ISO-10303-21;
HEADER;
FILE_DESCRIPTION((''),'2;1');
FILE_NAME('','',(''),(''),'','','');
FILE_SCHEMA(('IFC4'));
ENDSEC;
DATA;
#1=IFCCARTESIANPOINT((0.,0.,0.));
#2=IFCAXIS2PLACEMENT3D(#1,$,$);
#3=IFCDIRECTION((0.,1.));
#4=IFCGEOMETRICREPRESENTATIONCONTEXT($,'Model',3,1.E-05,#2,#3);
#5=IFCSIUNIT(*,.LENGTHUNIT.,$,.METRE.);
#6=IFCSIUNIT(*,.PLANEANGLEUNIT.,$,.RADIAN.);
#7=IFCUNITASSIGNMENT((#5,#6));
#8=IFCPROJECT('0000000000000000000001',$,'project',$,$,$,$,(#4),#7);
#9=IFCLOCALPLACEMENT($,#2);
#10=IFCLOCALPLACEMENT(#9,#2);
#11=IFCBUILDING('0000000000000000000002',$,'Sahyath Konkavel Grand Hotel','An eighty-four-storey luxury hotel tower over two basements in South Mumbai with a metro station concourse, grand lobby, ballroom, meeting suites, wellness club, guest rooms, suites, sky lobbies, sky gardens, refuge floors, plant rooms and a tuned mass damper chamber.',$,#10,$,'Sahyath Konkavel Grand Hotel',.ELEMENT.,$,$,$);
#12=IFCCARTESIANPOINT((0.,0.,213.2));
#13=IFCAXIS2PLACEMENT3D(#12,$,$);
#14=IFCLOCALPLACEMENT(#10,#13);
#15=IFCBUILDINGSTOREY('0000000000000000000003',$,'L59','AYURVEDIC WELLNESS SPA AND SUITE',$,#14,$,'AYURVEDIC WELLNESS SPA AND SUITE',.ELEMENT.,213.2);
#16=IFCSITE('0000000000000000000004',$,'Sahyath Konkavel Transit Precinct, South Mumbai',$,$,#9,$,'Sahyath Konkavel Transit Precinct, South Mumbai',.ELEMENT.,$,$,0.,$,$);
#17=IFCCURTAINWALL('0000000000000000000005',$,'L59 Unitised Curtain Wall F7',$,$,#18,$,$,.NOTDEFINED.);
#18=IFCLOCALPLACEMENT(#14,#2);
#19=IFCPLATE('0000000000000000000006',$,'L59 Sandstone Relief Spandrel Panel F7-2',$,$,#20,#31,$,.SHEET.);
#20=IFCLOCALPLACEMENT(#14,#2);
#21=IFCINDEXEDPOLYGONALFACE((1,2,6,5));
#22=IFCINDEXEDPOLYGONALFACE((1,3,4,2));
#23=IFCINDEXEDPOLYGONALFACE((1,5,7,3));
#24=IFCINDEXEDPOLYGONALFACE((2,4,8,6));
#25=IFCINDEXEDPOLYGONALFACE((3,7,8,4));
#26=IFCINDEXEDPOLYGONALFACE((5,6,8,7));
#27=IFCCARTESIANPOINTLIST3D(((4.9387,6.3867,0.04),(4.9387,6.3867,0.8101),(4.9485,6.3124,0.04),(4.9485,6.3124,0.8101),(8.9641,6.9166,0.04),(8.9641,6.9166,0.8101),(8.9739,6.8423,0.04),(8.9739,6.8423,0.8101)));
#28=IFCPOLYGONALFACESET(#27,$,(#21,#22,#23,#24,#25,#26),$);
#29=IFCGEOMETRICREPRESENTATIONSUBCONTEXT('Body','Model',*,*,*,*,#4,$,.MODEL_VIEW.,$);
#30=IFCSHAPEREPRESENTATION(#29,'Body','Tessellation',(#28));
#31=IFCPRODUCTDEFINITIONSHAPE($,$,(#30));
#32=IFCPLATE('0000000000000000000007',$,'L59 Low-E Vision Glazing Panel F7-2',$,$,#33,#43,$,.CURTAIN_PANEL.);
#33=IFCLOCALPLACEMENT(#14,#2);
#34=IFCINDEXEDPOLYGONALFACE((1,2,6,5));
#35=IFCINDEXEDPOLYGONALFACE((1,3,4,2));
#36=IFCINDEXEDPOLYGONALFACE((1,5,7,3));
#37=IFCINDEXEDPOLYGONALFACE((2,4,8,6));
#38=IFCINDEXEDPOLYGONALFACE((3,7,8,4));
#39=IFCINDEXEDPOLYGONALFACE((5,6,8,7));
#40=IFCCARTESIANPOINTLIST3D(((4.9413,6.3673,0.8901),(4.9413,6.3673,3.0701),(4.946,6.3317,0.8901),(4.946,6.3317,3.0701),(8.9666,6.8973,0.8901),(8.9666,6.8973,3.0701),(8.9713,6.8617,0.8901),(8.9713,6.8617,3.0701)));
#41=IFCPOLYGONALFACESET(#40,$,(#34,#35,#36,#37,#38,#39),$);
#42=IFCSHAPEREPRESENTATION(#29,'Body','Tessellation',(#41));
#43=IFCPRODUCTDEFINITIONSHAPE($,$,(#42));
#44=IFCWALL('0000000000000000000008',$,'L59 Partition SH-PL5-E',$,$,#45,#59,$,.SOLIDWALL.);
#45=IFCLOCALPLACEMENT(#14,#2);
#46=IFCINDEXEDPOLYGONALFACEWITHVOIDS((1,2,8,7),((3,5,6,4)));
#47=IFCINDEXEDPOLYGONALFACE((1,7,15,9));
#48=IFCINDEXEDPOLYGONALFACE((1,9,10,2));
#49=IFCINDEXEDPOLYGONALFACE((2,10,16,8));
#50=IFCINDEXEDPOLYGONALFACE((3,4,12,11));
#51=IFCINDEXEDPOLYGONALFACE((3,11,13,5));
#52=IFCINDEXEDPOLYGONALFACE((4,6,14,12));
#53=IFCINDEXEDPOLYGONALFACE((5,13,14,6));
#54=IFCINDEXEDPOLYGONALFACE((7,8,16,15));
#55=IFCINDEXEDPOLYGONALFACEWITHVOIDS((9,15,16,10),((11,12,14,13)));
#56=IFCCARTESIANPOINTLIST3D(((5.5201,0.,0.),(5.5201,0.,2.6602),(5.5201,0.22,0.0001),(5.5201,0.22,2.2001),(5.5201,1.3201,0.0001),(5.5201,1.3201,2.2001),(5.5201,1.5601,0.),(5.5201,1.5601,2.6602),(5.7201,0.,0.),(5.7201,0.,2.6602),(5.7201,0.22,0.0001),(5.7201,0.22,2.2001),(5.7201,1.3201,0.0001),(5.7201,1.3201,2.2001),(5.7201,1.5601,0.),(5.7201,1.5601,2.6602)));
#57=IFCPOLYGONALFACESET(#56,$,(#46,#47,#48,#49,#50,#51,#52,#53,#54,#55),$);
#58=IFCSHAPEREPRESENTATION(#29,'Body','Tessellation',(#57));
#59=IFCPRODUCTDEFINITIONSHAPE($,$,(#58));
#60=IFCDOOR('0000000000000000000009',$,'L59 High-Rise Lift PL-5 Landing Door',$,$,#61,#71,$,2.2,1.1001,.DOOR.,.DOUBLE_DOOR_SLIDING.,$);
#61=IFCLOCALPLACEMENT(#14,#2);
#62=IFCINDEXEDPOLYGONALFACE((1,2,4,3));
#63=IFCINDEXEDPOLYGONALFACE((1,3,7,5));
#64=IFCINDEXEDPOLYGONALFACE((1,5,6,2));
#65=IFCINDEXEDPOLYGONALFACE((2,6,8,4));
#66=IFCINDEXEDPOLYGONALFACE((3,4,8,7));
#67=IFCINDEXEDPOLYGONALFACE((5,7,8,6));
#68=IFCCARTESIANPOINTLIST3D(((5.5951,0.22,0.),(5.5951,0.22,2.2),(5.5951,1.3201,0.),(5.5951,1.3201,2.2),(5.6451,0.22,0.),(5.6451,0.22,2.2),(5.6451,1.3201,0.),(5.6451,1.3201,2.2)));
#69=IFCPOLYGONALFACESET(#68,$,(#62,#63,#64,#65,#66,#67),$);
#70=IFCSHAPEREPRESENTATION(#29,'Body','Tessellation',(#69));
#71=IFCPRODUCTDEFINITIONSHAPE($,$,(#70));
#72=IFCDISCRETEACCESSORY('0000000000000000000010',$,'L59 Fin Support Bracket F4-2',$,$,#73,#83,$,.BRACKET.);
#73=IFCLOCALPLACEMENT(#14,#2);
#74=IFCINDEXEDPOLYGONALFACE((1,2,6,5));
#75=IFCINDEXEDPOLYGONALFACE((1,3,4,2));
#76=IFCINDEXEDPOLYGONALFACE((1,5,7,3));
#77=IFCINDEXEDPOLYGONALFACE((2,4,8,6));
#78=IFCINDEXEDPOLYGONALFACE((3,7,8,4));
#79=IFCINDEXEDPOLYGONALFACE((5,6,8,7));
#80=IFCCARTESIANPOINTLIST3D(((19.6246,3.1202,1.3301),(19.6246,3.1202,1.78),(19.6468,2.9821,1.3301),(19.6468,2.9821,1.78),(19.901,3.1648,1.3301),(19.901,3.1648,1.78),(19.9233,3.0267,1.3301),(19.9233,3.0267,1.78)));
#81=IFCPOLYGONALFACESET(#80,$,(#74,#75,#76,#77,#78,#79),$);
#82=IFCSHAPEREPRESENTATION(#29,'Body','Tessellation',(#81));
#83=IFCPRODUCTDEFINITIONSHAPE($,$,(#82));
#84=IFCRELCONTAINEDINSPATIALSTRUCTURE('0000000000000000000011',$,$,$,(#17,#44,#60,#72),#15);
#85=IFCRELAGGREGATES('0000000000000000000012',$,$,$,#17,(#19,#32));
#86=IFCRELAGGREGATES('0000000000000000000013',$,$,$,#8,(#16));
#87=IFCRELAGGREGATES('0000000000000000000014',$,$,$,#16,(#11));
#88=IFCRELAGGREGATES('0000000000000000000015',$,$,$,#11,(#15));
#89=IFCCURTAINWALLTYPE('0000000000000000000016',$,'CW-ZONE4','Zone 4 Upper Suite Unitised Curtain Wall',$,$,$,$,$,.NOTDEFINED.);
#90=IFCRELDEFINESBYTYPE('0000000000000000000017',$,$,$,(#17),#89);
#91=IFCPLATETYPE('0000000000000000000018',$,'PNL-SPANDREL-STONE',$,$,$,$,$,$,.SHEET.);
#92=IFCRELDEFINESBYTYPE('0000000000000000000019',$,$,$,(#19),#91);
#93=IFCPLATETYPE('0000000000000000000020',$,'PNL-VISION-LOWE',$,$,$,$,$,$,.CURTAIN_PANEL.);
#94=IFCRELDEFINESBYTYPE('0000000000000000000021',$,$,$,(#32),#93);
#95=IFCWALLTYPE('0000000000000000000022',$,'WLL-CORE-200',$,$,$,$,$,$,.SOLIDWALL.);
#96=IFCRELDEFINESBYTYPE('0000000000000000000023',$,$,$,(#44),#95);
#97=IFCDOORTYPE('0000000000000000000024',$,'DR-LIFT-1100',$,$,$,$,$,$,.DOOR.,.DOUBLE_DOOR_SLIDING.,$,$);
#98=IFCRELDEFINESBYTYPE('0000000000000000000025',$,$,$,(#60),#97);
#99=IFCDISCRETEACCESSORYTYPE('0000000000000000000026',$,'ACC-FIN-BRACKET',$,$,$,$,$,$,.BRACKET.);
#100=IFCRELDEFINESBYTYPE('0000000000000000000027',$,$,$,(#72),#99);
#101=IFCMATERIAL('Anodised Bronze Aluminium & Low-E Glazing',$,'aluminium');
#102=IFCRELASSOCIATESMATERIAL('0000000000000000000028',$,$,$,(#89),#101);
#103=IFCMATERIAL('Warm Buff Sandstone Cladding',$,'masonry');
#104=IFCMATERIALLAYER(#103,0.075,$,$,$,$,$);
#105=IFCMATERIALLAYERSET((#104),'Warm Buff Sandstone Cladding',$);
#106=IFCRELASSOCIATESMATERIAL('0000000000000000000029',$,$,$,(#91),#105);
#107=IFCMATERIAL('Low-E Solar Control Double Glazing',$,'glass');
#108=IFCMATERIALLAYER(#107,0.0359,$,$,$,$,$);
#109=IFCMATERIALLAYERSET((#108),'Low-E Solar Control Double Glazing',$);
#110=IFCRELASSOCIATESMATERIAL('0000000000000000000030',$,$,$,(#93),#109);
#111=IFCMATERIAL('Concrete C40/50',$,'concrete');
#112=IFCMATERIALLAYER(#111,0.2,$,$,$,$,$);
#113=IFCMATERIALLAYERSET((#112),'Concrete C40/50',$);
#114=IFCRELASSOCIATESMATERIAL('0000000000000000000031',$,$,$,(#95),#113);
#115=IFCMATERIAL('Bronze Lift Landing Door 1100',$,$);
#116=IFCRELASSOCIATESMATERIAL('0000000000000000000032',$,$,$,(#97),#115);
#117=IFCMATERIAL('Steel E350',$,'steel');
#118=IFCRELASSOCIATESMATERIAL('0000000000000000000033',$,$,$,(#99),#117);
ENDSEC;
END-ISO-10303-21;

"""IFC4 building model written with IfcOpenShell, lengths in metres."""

from ifc_helpers import new_model, si_unit, direction, frame, frame_2d, origin, origin_2d, place, context, subcontext, project, spatial, rectangle, extrude, source, transform, mapped, material, layer, layer_set, type_object, element, fill, aggregate, save


model = new_model("IFC4")

# Units and contexts
model_context = context("Model", 3, precision=1e-05, world=origin(), true_north=direction((0.0, 1.0)))
body_context = subcontext(model_context, "Body", "Model", "MODEL_VIEW")
ifc_project = project(units=[si_unit("LENGTHUNIT", "METRE"), si_unit("PLANEANGLEUNIT", "RADIAN")], contexts=[model_context])

# Site, building, storey
site_placement = place(None, origin())
site = spatial("IfcSite", under=ifc_project, at=site_placement, Name="Sahyath Konkavel Transit Precinct, South Mumbai", LongName="Sahyath Konkavel Transit Precinct, South Mumbai", CompositionType="ELEMENT", RefElevation=0.0)
building_placement = place(site_placement, origin())
building = spatial("IfcBuilding", under=site, at=building_placement, Name="Sahyath Konkavel Grand Hotel", Description="An eighty-four-storey luxury hotel tower over two basements in South Mumbai with a metro station concourse, grand lobby, ballroom, meeting suites, wellness club, guest rooms, suites, sky lobbies, sky gardens, refuge floors, plant rooms and a tuned mass damper chamber.", LongName="Sahyath Konkavel Grand Hotel", CompositionType="ELEMENT")
storey_placement = place(building_placement, frame((0.0, 0.0, 213.2)))
storey = spatial("IfcBuildingStorey", under=building, at=storey_placement, Name="L59", Description="AYURVEDIC WELLNESS SPA AND SUITE", LongName="AYURVEDIC WELLNESS SPA AND SUITE", CompositionType="ELEMENT", Elevation=213.2)

# Shared definitions
ifc_material_1 = material(Name="Concrete C40/50", Category="concrete")

# Shared definitions
ifc_material_2 = material(Name="Steel E350", Category="steel")

# Shared definitions
ifc_material_3 = material(Name="Anodised Bronze Aluminium & Low-E Glazing", Category="aluminium")
curtain_wall_type = type_object("IfcCurtainWallType", Name="CW-ZONE4", Description="Zone 4 Upper Suite Unitised Curtain Wall", PredefinedType="NOTDEFINED", material=ifc_material_3)

# Curtain wall
curtain_wall_1_placement = place(storey_placement, origin())
curtain_wall_1 = element("IfcCurtainWall", 1, at=curtain_wall_1_placement, inside=storey, type_object=curtain_wall_type, Name="L59 Unitised Curtain Wall F7", PredefinedType="NOTDEFINED")

# Plates
ifc_material_4 = material(Name="Warm Buff Sandstone Cladding", Category="masonry")
ifc_layer_1 = layer(ifc_material_4, 0.075)
ifc_layer_set_1 = layer_set([ifc_layer_1], Name="Warm Buff Sandstone Cladding")
plate_type_1 = type_object("IfcPlateType", Name="PNL-SPANDREL-STONE", PredefinedType="SHEET", material=ifc_layer_set_1)
ifc_material_5 = material(Name="Low-E Solar Control Double Glazing", Category="glass")
ifc_layer_2 = layer(ifc_material_5, 0.0359)
ifc_layer_set_2 = layer_set([ifc_layer_2], Name="Low-E Solar Control Double Glazing")
plate_type_2 = type_object("IfcPlateType", Name="PNL-VISION-LOWE", PredefinedType="CURTAIN_PANEL", material=ifc_layer_set_2)
shared_shape_1 = source(origin(), body_context, "Body", "SweptSolid", [
    extrude(rectangle(XDim=4.0601, YDim=0.075, at=origin_2d()), origin(), (0.0, 0.0, 1.0), 0.77),
])
plate_1_placement = place(storey_placement, frame((6.9563, 6.6145, 0.04), z_axis=(0.0, 0.0, 1.0), x_axis=(-0.991445, -0.130526, 0.0)))
plate_1 = element("IfcPlate", 2, at=plate_1_placement, type_object=plate_type_1, Name="L59 Sandstone Relief Spandrel Panel F7-2", PredefinedType="SHEET", context=body_context, shape_type="MappedRepresentation", body=[
    mapped(shared_shape_1, transform((0.0, 0.0, 0.0), scale=1.0)),
])
shared_shape_2 = source(origin(), body_context, "Body", "SweptSolid", [
    extrude(rectangle(XDim=4.0601, YDim=0.0359, at=origin_2d()), origin(), (0.0, 0.0, 1.0), 2.1799),
])
plate_2_placement = place(storey_placement, frame((6.9563, 6.6145, 0.8901), z_axis=(0.0, 0.0, 1.0), x_axis=(-0.991445, -0.130526, 0.0)))
plate_2 = element("IfcPlate", 3, at=plate_2_placement, type_object=plate_type_2, Name="L59 Low-E Vision Glazing Panel F7-2", PredefinedType="CURTAIN_PANEL", context=body_context, shape_type="MappedRepresentation", body=[
    mapped(shared_shape_2, transform((0.0, 0.0, 0.0), scale=1.0)),
])
aggregate(curtain_wall_1, [plate_1, plate_2])

# Wall, opening, door
ifc_layer_3 = layer(ifc_material_1, 0.2)
ifc_layer_set_3 = layer_set([ifc_layer_3], Name="Concrete C40/50")
wall_type = type_object("IfcWallType", Name="WLL-CORE-200", PredefinedType="SOLIDWALL", material=ifc_layer_set_3)
wall_placement = place(storey_placement, frame((5.6201, 0.0, 0.0), z_axis=(0.0, 0.0, 1.0), x_axis=(0.0, 1.0, 0.0)))
wall = element("IfcWall", 4, at=wall_placement, inside=storey, type_object=wall_type, Name="L59 Partition SH-PL5-E", PredefinedType="SOLIDWALL", context=body_context, shape_type="SweptSolid", body=[
    extrude(rectangle(XDim=1.5601, YDim=0.2, at=frame_2d((0.78, 0.0))), origin(), (0.0, 0.0, 1.0), 2.6602),
])
opening_placement = place(wall_placement, frame((0.22, 0.0, 0.0)))
opening = element("IfcOpeningElement", 5, at=opening_placement, cuts=wall, PredefinedType="OPENING", context=body_context, shape_type="SweptSolid", body=[
    extrude(rectangle(XDim=1.1001, YDim=2.2, at=frame_2d((0.55, 1.1001))), frame((0.0, 0.1099, 0.0), z_axis=(0.0, -1.0, 0.0), x_axis=(1.0, 0.0, 0.0)), (0.0, 0.0, 1.0), 0.22),
])
ifc_material_6 = material(Name="Bronze Lift Landing Door 1100")
door_type = type_object("IfcDoorType", Name="DR-LIFT-1100", OperationType="DOUBLE_DOOR_SLIDING", PredefinedType="DOOR", material=ifc_material_6)
shared_shape_3 = source(origin(), body_context, "Body", "SweptSolid", [
    extrude(rectangle(XDim=1.1001, YDim=0.05, at=origin_2d()), origin(), (0.0, 0.0, 1.0), 2.2),
])
door_placement = place(opening_placement, frame((0.55, 0.0, 0.0)))
door = element("IfcDoor", 6, at=door_placement, inside=storey, type_object=door_type, Name="L59 High-Rise Lift PL-5 Landing Door", OperationType="DOUBLE_DOOR_SLIDING", OverallHeight=2.2, OverallWidth=1.1001, PredefinedType="DOOR", context=body_context, shape_type="MappedRepresentation", body=[
    mapped(shared_shape_3, transform((0.0, 0.0, 0.0), scale=1.0)),
])
fill(opening, door)

# Discrete accessory
discrete_accessory_type = type_object("IfcDiscreteAccessoryType", Name="ACC-FIN-BRACKET", PredefinedType="BRACKET", material=ifc_material_2)
shared_shape_4 = source(origin(), body_context, "Body", "SweptSolid", [
    extrude(rectangle(XDim=0.28, YDim=0.1399, at=origin_2d()), origin(), (0.0, 0.0, 1.0), 0.45),
])
discrete_accessory_placement = place(storey_placement, frame((19.7739, 3.0735, 1.3301), z_axis=(0.0, 0.0, 1.0), x_axis=(0.987231, 0.159295, 0.0)))
element("IfcDiscreteAccessory", 7, at=discrete_accessory_placement, inside=storey, type_object=discrete_accessory_type, Name="L59 Fin Support Bracket F4-2", PredefinedType="BRACKET", context=body_context, shape_type="MappedRepresentation", body=[
    mapped(shared_shape_4, transform((0.0, 0.0, 0.0), scale=1.0)),
])

save(model, "model.ifc")
